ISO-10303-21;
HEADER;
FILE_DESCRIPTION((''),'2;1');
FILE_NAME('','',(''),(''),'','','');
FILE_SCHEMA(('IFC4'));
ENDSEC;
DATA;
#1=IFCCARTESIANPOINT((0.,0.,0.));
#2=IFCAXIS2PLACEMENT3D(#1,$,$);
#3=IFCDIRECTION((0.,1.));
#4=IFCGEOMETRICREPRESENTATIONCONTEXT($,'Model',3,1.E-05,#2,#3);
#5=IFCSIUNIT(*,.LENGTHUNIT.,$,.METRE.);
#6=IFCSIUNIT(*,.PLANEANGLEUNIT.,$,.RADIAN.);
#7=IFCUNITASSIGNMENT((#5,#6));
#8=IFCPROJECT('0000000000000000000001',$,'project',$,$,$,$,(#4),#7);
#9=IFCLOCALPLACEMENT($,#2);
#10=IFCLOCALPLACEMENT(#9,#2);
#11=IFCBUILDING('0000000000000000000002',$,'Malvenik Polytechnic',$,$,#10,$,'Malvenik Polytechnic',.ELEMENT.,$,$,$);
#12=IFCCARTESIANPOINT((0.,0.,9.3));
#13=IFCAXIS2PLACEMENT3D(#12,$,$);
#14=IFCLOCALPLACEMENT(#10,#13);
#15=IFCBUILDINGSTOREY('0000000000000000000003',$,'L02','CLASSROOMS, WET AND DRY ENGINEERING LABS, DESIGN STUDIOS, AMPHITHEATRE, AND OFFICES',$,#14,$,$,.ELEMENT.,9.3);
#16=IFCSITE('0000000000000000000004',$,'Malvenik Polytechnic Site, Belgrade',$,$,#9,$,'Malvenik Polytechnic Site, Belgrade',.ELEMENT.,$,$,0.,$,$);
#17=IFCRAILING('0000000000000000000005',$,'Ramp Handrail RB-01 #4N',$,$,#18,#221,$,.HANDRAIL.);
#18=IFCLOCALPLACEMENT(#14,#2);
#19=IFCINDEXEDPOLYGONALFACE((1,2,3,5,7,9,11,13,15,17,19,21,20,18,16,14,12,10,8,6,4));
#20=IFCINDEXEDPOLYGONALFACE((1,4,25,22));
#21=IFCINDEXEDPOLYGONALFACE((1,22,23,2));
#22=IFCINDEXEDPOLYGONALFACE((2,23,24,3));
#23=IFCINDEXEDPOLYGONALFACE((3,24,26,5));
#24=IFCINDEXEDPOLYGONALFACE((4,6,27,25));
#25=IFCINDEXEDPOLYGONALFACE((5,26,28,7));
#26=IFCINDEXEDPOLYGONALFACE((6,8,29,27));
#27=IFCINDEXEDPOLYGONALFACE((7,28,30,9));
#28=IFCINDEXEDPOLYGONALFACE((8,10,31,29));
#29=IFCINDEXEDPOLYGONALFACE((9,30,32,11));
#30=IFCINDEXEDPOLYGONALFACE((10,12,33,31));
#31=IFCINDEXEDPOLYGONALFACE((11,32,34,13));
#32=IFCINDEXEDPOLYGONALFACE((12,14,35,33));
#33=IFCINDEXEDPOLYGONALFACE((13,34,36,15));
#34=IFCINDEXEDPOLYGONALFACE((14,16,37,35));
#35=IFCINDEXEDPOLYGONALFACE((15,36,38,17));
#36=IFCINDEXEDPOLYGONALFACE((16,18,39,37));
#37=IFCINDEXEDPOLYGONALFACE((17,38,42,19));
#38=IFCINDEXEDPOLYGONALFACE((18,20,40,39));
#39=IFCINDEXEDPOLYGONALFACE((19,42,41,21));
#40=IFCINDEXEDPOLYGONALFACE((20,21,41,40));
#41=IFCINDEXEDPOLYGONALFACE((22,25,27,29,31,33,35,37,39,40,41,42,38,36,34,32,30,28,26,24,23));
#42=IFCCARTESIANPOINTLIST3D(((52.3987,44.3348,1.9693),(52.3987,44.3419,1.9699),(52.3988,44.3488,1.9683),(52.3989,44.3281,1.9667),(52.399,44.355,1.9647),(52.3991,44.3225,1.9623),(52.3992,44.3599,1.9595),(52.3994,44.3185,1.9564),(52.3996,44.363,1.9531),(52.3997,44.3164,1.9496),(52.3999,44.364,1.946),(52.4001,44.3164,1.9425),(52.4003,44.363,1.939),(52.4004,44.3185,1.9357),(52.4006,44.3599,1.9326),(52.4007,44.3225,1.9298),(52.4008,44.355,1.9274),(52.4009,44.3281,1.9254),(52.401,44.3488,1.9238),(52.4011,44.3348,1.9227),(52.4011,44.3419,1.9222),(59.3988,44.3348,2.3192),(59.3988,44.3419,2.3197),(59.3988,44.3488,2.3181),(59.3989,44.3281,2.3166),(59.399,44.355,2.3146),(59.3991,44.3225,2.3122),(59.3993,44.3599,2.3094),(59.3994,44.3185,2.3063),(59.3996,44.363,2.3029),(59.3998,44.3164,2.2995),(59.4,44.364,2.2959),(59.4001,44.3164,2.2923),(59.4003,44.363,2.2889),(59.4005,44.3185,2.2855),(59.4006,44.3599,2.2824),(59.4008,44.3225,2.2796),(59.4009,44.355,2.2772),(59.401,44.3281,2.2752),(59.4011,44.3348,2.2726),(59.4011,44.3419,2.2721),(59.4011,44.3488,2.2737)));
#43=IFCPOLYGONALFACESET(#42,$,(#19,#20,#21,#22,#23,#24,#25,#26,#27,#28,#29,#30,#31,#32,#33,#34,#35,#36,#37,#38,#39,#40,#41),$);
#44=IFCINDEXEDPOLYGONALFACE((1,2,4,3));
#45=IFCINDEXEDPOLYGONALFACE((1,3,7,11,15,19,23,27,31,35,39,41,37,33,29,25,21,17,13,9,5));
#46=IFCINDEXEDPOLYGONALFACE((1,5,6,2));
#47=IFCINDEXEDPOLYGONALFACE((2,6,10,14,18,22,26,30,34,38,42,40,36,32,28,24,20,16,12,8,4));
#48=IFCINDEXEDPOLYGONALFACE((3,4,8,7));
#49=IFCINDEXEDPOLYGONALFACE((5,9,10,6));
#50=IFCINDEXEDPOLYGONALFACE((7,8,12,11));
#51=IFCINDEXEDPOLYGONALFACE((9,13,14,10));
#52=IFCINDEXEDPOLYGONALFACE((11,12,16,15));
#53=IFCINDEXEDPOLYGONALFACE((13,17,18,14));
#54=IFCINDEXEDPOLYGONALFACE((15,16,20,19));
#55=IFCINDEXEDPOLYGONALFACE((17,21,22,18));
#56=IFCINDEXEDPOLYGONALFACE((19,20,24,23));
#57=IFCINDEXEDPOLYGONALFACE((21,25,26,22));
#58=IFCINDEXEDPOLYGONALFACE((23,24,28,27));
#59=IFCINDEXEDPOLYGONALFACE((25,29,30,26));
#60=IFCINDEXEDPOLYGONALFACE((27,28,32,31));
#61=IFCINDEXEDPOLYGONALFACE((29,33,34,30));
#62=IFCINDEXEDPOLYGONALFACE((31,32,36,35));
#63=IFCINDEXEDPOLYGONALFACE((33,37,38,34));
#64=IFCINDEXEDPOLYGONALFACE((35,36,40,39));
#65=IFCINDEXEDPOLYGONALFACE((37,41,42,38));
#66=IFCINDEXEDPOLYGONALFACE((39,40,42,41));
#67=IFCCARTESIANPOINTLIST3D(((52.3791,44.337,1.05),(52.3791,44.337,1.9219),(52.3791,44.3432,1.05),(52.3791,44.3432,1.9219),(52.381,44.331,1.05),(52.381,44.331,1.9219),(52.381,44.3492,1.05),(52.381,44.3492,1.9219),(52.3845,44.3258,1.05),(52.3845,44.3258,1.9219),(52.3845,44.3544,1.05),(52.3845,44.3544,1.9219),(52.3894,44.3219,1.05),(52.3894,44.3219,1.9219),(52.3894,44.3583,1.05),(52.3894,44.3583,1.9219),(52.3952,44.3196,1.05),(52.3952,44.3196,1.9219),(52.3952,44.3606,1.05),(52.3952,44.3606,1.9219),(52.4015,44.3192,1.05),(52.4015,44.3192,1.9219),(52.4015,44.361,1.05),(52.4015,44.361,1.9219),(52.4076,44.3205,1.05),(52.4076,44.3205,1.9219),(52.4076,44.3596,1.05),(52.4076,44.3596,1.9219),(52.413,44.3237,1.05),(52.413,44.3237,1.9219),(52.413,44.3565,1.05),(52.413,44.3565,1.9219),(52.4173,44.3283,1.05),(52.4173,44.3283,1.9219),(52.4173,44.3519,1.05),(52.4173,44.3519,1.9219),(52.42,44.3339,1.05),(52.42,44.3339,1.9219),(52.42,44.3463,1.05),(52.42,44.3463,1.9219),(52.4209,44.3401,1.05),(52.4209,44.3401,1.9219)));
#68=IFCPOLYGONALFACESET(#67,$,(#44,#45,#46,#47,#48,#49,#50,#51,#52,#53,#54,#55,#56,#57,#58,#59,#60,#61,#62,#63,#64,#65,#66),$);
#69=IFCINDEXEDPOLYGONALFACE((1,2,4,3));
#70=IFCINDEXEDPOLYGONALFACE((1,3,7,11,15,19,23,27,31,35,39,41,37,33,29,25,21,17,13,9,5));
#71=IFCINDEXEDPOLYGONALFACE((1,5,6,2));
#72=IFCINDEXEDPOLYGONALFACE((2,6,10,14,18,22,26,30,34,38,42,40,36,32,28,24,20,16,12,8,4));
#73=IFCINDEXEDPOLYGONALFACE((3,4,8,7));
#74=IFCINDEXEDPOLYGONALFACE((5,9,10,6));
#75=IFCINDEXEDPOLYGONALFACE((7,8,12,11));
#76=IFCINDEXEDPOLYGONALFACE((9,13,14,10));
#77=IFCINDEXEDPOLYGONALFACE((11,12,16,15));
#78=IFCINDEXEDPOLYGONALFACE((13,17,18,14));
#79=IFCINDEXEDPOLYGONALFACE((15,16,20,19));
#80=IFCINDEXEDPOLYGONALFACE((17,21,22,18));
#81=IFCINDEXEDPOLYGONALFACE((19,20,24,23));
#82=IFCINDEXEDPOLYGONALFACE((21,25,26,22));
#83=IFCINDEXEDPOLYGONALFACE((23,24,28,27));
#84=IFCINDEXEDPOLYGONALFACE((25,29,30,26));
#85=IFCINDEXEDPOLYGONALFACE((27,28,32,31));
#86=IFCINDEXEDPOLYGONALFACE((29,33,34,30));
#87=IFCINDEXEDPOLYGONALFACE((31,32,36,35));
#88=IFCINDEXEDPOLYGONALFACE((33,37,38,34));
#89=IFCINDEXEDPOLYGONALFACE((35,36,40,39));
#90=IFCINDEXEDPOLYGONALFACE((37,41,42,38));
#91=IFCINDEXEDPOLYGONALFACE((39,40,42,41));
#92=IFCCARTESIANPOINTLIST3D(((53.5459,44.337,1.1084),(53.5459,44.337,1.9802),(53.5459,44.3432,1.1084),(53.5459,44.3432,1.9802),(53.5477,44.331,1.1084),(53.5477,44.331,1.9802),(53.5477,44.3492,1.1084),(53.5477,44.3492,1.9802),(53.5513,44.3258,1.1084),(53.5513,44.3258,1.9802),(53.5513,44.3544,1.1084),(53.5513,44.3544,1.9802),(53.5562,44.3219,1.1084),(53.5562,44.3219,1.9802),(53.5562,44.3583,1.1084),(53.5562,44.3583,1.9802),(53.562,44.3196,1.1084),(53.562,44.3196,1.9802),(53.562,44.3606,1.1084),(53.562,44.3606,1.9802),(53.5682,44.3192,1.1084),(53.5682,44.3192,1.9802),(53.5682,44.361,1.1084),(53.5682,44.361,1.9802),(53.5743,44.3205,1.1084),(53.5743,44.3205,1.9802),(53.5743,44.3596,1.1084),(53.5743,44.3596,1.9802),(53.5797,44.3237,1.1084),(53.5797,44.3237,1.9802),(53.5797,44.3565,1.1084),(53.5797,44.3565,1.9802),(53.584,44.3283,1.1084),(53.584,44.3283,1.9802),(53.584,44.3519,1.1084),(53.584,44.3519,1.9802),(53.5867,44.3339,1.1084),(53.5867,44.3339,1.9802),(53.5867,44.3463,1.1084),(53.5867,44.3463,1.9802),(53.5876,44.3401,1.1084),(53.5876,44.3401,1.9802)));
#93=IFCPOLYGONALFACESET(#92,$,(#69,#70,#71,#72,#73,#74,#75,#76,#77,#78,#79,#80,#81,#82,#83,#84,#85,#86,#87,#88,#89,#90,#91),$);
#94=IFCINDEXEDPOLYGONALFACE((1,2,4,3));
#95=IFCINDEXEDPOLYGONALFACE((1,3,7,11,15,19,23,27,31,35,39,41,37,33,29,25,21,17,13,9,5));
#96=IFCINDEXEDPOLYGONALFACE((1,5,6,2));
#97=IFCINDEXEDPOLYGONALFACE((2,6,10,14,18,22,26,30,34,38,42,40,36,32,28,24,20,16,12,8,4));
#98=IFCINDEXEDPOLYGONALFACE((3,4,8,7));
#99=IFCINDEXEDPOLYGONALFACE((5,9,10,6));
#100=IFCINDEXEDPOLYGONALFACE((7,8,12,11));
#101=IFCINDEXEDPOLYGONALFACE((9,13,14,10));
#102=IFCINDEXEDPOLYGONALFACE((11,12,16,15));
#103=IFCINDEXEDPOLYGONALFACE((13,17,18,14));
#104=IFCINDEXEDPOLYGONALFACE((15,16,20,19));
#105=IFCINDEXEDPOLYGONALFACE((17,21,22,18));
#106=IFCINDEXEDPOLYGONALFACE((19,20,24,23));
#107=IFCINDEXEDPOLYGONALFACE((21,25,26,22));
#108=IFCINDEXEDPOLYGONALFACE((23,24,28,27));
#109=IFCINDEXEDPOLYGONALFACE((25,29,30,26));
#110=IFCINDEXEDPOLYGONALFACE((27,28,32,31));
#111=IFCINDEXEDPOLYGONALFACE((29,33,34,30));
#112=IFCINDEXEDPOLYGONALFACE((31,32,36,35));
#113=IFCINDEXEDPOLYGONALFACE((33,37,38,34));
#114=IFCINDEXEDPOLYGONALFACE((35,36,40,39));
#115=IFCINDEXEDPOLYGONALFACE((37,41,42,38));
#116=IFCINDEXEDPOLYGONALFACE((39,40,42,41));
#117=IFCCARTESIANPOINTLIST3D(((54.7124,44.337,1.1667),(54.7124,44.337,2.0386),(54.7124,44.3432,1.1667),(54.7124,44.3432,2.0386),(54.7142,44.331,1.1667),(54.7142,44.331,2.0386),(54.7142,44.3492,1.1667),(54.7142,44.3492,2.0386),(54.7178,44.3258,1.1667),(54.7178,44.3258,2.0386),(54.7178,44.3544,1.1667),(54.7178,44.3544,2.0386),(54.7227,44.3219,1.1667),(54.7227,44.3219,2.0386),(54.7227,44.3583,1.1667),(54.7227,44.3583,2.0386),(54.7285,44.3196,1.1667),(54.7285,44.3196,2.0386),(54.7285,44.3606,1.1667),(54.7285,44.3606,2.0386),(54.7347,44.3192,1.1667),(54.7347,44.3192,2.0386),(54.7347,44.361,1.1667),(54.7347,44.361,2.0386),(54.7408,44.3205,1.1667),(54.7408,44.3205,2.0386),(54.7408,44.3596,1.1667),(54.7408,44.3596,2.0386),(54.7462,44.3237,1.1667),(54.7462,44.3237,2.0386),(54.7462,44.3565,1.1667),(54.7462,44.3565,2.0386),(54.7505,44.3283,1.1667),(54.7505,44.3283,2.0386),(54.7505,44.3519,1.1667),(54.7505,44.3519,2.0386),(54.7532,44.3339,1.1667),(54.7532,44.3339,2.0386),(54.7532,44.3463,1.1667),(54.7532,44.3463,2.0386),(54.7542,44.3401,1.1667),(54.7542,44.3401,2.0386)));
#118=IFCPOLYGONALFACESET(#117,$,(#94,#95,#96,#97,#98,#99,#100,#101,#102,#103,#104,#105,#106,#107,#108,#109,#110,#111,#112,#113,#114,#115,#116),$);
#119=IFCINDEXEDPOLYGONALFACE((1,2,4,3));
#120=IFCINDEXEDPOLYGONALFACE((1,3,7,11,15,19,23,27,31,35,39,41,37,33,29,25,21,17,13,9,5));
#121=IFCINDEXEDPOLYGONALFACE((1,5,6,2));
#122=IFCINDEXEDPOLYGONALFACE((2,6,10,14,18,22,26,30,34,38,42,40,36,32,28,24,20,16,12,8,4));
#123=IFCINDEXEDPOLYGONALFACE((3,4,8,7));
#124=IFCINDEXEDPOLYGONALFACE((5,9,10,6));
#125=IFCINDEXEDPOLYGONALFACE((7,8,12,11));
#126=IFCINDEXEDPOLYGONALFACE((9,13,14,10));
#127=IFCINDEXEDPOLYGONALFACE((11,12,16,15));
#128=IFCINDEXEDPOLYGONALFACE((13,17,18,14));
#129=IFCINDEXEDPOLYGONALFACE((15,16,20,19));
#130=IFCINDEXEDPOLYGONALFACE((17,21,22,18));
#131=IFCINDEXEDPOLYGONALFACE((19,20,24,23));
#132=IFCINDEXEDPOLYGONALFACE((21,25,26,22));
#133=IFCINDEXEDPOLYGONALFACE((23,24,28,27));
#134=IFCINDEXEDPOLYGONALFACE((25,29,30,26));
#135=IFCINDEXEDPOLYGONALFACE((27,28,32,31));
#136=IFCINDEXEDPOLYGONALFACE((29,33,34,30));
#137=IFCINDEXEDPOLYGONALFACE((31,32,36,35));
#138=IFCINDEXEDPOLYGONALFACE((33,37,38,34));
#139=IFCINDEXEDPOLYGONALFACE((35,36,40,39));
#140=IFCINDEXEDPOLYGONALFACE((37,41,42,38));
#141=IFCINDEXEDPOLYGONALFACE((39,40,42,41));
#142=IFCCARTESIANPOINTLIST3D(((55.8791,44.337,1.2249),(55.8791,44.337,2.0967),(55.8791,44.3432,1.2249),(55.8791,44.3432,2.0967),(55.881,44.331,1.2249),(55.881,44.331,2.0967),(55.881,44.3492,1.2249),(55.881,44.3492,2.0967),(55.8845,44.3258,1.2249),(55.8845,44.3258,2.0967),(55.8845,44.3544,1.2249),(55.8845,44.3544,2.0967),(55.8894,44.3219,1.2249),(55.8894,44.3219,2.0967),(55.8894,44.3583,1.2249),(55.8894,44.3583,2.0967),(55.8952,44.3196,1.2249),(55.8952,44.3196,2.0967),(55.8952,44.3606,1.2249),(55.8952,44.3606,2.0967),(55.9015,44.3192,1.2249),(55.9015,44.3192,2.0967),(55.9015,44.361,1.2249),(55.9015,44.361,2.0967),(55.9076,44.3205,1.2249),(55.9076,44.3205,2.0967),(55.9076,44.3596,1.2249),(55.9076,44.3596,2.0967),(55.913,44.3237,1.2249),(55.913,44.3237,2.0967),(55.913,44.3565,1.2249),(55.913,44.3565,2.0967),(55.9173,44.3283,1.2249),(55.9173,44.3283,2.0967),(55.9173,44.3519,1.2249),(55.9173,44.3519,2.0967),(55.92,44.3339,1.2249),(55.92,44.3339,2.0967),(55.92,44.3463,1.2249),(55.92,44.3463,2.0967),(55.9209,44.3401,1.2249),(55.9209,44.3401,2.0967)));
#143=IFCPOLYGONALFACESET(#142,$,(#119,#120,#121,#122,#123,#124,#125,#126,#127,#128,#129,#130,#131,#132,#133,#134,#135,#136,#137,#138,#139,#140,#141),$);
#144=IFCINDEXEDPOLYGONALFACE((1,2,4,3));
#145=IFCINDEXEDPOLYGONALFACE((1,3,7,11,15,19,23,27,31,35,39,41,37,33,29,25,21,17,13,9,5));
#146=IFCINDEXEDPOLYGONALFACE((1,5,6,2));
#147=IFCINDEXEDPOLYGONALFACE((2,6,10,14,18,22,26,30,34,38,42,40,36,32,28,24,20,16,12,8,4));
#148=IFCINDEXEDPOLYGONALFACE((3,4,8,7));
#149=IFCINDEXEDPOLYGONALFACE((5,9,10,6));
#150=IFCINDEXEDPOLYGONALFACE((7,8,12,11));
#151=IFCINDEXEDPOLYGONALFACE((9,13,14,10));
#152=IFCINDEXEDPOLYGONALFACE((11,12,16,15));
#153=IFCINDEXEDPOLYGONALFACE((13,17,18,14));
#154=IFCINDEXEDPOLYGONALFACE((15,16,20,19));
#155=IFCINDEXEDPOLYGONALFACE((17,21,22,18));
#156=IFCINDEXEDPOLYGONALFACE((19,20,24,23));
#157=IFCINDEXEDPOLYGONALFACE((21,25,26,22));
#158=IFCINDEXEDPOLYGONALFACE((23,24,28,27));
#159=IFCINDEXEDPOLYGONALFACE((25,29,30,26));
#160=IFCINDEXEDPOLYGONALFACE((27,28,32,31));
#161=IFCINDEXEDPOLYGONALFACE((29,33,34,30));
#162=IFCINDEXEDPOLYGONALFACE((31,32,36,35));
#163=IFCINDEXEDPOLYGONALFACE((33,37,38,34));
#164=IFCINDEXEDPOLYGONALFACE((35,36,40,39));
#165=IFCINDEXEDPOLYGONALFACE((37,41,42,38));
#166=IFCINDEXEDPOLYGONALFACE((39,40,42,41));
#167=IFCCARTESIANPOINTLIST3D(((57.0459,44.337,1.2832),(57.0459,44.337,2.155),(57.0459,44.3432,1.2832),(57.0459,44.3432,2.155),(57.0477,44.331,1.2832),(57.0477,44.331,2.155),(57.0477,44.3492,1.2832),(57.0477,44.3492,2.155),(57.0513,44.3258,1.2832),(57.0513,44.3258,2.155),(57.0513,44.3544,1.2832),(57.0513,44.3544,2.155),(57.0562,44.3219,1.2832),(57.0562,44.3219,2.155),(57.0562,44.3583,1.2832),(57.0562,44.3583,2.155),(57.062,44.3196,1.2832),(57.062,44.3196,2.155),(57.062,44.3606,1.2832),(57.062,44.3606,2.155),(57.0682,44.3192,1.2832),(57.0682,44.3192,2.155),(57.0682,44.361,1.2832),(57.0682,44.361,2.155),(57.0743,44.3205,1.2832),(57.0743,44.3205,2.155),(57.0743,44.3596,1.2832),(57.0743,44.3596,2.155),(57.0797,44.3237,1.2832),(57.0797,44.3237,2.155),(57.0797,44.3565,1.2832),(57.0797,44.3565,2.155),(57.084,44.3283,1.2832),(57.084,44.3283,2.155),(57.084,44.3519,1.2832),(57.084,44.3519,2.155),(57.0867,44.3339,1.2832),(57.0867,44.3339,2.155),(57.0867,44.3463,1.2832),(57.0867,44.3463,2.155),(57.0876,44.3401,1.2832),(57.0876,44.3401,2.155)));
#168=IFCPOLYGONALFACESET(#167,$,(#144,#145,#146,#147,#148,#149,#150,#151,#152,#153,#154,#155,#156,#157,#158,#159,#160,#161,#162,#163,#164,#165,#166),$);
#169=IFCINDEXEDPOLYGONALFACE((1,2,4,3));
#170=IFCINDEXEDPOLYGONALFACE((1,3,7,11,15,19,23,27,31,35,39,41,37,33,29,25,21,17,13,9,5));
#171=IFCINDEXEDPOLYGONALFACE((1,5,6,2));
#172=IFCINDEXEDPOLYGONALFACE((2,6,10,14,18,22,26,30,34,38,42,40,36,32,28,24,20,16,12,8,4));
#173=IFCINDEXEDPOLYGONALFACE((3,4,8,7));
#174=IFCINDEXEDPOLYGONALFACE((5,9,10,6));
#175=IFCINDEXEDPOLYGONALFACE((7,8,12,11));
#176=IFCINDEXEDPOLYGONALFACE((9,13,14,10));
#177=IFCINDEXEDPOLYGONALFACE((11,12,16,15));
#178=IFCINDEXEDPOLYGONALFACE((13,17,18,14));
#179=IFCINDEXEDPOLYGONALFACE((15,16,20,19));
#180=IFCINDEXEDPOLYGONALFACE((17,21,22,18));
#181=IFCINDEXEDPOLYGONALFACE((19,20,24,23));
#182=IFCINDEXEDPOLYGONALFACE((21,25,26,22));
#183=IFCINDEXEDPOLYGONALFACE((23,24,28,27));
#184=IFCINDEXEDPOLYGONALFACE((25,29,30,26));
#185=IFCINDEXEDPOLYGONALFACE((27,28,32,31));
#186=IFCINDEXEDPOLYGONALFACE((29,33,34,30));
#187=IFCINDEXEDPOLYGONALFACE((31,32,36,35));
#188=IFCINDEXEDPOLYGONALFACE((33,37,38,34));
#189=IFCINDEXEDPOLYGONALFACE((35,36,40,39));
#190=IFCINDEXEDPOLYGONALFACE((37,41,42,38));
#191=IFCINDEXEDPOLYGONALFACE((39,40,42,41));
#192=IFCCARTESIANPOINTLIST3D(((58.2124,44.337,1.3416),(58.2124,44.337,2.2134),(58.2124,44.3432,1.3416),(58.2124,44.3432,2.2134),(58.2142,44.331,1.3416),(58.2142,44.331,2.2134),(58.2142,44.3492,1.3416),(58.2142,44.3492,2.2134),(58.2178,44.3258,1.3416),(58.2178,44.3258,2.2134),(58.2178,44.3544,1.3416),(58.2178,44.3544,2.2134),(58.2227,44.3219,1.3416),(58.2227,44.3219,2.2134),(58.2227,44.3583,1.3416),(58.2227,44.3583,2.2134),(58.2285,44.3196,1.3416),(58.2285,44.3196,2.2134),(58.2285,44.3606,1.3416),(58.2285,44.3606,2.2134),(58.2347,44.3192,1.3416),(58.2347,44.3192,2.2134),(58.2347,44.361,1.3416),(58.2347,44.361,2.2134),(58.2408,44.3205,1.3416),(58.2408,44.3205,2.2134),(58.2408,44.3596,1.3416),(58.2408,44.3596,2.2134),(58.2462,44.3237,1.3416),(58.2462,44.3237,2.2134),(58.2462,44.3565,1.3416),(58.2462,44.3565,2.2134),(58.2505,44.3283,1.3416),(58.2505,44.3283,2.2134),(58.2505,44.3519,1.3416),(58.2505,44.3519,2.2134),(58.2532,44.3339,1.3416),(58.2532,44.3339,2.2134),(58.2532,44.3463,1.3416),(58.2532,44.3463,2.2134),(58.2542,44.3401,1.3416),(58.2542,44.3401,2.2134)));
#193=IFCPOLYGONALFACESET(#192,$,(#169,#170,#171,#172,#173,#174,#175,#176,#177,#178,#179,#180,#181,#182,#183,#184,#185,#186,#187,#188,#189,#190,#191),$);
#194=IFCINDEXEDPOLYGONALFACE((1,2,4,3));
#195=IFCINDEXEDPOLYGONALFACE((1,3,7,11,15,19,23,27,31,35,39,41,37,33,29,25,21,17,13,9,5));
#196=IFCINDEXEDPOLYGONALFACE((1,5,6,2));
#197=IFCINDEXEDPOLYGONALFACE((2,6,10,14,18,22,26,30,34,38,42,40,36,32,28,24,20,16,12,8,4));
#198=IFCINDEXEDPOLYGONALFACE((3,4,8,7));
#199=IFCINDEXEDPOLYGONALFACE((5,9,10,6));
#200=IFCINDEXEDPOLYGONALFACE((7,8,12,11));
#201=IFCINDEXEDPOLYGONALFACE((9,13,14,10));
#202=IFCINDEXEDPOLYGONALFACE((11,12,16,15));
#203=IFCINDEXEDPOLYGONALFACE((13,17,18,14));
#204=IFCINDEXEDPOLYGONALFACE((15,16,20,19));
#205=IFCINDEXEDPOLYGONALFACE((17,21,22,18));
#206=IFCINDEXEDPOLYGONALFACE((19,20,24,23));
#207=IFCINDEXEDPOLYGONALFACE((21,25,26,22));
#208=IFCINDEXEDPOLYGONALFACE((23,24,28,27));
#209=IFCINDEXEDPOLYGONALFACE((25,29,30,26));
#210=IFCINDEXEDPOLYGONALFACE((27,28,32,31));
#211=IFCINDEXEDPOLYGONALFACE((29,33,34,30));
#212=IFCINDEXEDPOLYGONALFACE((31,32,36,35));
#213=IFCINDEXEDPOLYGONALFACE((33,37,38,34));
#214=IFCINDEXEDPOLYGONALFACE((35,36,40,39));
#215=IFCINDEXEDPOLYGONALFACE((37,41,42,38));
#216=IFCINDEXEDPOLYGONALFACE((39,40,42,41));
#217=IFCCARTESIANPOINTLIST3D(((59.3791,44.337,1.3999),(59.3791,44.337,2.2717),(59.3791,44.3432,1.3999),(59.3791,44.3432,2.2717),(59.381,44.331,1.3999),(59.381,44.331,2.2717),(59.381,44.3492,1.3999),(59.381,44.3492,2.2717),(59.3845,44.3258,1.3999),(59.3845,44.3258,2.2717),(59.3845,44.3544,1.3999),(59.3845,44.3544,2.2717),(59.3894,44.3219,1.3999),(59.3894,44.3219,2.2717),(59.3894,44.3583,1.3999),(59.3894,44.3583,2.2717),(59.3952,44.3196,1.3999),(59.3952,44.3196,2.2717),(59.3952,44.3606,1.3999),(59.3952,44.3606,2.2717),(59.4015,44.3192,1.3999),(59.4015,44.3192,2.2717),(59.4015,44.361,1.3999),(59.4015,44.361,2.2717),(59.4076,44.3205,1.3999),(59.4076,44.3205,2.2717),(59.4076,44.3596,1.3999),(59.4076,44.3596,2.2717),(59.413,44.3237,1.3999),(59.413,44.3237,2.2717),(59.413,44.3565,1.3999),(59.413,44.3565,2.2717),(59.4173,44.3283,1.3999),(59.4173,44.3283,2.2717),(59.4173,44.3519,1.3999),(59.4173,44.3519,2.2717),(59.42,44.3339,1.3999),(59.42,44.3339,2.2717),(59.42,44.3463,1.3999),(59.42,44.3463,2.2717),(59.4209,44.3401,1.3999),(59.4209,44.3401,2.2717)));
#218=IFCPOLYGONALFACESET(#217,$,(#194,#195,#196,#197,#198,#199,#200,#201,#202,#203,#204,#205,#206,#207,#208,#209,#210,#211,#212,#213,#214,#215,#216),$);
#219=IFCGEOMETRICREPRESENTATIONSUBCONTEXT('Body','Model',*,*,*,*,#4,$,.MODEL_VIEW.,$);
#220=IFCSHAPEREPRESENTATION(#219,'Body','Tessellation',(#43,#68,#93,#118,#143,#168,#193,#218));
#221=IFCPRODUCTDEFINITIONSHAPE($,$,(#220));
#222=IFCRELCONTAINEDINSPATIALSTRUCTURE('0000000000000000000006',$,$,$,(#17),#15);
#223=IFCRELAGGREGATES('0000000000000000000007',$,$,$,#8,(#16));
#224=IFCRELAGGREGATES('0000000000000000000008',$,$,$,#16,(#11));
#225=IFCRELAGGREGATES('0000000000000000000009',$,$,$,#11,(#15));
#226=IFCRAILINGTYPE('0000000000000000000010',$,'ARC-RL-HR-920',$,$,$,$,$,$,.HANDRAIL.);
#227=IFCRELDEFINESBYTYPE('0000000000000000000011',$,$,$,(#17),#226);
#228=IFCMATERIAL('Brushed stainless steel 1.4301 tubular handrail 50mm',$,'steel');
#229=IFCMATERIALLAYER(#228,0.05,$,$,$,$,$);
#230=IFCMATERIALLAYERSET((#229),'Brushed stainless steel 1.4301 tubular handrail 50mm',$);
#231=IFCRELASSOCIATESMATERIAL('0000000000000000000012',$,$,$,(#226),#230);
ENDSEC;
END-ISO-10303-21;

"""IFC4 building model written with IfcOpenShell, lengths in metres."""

from ifc_helpers import new_model, si_unit, direction, frame, origin, origin_2d, place, context, subcontext, project, spatial, circle, extrude, material, layer, layer_set, type_object, element, save


model = new_model("IFC4")

# Units and contexts
model_context = context("Model", 3, precision=1e-05, world=origin(), true_north=direction((0.0, 1.0)))
body_context = subcontext(model_context, "Body", "Model", "MODEL_VIEW")
ifc_project = project(units=[si_unit("LENGTHUNIT", "METRE"), si_unit("PLANEANGLEUNIT", "RADIAN")], contexts=[model_context])

# Site, building, storey
site_placement = place(None, origin())
site = spatial("IfcSite", under=ifc_project, at=site_placement, Name="Malvenik Polytechnic Site, Belgrade", LongName="Malvenik Polytechnic Site, Belgrade", CompositionType="ELEMENT", RefElevation=0.0)
building_placement = place(site_placement, origin())
building = spatial("IfcBuilding", under=site, at=building_placement, Name="Malvenik Polytechnic", LongName="Malvenik Polytechnic", CompositionType="ELEMENT")
storey_placement = place(building_placement, frame((0.0, 0.0, 9.3)))
storey = spatial("IfcBuildingStorey", under=building, at=storey_placement, Name="L02", Description="CLASSROOMS, WET AND DRY ENGINEERING LABS, DESIGN STUDIOS, AMPHITHEATRE, AND OFFICES", CompositionType="ELEMENT", Elevation=9.3)

# Railing
ifc_material_1 = material(Name="Brushed stainless steel 1.4301 tubular handrail 50mm", Category="steel")
ifc_layer_1 = layer(ifc_material_1, 0.05)
ifc_layer_set_1 = layer_set([ifc_layer_1], Name="Brushed stainless steel 1.4301 tubular handrail 50mm")
railing_type_1 = type_object("IfcRailingType", Name="ARC-RL-HR-920", PredefinedType="HANDRAIL", material=ifc_layer_set_1)
railing_1_placement = place(storey_placement, frame((52.3999, 44.3401, 1.05)))
element("IfcRailing", 1, at=railing_1_placement, inside=storey, type_object=railing_type_1, Name="Ramp Handrail RB-01 #4N", PredefinedType="HANDRAIL", context=body_context, shape_type="SweptSolid", body=[
    extrude(circle(Radius=0.0239, at=origin_2d()), frame((0.0, 0.0, 0.896), z_axis=(0.998753, 0.0, 0.049917), x_axis=(0.0, 1.0, 0.0)), (0.0, 0.0, 1.0), 7.0088),
    extrude(circle(Radius=0.021, at=origin_2d()), origin(), (0.0, 0.0, 1.0), 0.8718),
    extrude(circle(Radius=0.021, at=origin_2d()), frame((1.1667, 0.0, 0.0583)), (0.0, 0.0, 1.0), 0.8718),
    extrude(circle(Radius=0.021, at=origin_2d()), frame((2.3333, 0.0, 0.1167)), (0.0, 0.0, 1.0), 0.8718),
    extrude(circle(Radius=0.021, at=origin_2d()), frame((3.5, 0.0, 0.1748)), (0.0, 0.0, 1.0), 0.8718),
    extrude(circle(Radius=0.021, at=origin_2d()), frame((4.6667, 0.0, 0.2332)), (0.0, 0.0, 1.0), 0.8718),
    extrude(circle(Radius=0.021, at=origin_2d()), frame((5.8333, 0.0, 0.2915)), (0.0, 0.0, 1.0), 0.8718),
    extrude(circle(Radius=0.021, at=origin_2d()), frame((7.0, 0.0, 0.3499)), (0.0, 0.0, 1.0), 0.8718),
])

save(model, "model.ifc")
